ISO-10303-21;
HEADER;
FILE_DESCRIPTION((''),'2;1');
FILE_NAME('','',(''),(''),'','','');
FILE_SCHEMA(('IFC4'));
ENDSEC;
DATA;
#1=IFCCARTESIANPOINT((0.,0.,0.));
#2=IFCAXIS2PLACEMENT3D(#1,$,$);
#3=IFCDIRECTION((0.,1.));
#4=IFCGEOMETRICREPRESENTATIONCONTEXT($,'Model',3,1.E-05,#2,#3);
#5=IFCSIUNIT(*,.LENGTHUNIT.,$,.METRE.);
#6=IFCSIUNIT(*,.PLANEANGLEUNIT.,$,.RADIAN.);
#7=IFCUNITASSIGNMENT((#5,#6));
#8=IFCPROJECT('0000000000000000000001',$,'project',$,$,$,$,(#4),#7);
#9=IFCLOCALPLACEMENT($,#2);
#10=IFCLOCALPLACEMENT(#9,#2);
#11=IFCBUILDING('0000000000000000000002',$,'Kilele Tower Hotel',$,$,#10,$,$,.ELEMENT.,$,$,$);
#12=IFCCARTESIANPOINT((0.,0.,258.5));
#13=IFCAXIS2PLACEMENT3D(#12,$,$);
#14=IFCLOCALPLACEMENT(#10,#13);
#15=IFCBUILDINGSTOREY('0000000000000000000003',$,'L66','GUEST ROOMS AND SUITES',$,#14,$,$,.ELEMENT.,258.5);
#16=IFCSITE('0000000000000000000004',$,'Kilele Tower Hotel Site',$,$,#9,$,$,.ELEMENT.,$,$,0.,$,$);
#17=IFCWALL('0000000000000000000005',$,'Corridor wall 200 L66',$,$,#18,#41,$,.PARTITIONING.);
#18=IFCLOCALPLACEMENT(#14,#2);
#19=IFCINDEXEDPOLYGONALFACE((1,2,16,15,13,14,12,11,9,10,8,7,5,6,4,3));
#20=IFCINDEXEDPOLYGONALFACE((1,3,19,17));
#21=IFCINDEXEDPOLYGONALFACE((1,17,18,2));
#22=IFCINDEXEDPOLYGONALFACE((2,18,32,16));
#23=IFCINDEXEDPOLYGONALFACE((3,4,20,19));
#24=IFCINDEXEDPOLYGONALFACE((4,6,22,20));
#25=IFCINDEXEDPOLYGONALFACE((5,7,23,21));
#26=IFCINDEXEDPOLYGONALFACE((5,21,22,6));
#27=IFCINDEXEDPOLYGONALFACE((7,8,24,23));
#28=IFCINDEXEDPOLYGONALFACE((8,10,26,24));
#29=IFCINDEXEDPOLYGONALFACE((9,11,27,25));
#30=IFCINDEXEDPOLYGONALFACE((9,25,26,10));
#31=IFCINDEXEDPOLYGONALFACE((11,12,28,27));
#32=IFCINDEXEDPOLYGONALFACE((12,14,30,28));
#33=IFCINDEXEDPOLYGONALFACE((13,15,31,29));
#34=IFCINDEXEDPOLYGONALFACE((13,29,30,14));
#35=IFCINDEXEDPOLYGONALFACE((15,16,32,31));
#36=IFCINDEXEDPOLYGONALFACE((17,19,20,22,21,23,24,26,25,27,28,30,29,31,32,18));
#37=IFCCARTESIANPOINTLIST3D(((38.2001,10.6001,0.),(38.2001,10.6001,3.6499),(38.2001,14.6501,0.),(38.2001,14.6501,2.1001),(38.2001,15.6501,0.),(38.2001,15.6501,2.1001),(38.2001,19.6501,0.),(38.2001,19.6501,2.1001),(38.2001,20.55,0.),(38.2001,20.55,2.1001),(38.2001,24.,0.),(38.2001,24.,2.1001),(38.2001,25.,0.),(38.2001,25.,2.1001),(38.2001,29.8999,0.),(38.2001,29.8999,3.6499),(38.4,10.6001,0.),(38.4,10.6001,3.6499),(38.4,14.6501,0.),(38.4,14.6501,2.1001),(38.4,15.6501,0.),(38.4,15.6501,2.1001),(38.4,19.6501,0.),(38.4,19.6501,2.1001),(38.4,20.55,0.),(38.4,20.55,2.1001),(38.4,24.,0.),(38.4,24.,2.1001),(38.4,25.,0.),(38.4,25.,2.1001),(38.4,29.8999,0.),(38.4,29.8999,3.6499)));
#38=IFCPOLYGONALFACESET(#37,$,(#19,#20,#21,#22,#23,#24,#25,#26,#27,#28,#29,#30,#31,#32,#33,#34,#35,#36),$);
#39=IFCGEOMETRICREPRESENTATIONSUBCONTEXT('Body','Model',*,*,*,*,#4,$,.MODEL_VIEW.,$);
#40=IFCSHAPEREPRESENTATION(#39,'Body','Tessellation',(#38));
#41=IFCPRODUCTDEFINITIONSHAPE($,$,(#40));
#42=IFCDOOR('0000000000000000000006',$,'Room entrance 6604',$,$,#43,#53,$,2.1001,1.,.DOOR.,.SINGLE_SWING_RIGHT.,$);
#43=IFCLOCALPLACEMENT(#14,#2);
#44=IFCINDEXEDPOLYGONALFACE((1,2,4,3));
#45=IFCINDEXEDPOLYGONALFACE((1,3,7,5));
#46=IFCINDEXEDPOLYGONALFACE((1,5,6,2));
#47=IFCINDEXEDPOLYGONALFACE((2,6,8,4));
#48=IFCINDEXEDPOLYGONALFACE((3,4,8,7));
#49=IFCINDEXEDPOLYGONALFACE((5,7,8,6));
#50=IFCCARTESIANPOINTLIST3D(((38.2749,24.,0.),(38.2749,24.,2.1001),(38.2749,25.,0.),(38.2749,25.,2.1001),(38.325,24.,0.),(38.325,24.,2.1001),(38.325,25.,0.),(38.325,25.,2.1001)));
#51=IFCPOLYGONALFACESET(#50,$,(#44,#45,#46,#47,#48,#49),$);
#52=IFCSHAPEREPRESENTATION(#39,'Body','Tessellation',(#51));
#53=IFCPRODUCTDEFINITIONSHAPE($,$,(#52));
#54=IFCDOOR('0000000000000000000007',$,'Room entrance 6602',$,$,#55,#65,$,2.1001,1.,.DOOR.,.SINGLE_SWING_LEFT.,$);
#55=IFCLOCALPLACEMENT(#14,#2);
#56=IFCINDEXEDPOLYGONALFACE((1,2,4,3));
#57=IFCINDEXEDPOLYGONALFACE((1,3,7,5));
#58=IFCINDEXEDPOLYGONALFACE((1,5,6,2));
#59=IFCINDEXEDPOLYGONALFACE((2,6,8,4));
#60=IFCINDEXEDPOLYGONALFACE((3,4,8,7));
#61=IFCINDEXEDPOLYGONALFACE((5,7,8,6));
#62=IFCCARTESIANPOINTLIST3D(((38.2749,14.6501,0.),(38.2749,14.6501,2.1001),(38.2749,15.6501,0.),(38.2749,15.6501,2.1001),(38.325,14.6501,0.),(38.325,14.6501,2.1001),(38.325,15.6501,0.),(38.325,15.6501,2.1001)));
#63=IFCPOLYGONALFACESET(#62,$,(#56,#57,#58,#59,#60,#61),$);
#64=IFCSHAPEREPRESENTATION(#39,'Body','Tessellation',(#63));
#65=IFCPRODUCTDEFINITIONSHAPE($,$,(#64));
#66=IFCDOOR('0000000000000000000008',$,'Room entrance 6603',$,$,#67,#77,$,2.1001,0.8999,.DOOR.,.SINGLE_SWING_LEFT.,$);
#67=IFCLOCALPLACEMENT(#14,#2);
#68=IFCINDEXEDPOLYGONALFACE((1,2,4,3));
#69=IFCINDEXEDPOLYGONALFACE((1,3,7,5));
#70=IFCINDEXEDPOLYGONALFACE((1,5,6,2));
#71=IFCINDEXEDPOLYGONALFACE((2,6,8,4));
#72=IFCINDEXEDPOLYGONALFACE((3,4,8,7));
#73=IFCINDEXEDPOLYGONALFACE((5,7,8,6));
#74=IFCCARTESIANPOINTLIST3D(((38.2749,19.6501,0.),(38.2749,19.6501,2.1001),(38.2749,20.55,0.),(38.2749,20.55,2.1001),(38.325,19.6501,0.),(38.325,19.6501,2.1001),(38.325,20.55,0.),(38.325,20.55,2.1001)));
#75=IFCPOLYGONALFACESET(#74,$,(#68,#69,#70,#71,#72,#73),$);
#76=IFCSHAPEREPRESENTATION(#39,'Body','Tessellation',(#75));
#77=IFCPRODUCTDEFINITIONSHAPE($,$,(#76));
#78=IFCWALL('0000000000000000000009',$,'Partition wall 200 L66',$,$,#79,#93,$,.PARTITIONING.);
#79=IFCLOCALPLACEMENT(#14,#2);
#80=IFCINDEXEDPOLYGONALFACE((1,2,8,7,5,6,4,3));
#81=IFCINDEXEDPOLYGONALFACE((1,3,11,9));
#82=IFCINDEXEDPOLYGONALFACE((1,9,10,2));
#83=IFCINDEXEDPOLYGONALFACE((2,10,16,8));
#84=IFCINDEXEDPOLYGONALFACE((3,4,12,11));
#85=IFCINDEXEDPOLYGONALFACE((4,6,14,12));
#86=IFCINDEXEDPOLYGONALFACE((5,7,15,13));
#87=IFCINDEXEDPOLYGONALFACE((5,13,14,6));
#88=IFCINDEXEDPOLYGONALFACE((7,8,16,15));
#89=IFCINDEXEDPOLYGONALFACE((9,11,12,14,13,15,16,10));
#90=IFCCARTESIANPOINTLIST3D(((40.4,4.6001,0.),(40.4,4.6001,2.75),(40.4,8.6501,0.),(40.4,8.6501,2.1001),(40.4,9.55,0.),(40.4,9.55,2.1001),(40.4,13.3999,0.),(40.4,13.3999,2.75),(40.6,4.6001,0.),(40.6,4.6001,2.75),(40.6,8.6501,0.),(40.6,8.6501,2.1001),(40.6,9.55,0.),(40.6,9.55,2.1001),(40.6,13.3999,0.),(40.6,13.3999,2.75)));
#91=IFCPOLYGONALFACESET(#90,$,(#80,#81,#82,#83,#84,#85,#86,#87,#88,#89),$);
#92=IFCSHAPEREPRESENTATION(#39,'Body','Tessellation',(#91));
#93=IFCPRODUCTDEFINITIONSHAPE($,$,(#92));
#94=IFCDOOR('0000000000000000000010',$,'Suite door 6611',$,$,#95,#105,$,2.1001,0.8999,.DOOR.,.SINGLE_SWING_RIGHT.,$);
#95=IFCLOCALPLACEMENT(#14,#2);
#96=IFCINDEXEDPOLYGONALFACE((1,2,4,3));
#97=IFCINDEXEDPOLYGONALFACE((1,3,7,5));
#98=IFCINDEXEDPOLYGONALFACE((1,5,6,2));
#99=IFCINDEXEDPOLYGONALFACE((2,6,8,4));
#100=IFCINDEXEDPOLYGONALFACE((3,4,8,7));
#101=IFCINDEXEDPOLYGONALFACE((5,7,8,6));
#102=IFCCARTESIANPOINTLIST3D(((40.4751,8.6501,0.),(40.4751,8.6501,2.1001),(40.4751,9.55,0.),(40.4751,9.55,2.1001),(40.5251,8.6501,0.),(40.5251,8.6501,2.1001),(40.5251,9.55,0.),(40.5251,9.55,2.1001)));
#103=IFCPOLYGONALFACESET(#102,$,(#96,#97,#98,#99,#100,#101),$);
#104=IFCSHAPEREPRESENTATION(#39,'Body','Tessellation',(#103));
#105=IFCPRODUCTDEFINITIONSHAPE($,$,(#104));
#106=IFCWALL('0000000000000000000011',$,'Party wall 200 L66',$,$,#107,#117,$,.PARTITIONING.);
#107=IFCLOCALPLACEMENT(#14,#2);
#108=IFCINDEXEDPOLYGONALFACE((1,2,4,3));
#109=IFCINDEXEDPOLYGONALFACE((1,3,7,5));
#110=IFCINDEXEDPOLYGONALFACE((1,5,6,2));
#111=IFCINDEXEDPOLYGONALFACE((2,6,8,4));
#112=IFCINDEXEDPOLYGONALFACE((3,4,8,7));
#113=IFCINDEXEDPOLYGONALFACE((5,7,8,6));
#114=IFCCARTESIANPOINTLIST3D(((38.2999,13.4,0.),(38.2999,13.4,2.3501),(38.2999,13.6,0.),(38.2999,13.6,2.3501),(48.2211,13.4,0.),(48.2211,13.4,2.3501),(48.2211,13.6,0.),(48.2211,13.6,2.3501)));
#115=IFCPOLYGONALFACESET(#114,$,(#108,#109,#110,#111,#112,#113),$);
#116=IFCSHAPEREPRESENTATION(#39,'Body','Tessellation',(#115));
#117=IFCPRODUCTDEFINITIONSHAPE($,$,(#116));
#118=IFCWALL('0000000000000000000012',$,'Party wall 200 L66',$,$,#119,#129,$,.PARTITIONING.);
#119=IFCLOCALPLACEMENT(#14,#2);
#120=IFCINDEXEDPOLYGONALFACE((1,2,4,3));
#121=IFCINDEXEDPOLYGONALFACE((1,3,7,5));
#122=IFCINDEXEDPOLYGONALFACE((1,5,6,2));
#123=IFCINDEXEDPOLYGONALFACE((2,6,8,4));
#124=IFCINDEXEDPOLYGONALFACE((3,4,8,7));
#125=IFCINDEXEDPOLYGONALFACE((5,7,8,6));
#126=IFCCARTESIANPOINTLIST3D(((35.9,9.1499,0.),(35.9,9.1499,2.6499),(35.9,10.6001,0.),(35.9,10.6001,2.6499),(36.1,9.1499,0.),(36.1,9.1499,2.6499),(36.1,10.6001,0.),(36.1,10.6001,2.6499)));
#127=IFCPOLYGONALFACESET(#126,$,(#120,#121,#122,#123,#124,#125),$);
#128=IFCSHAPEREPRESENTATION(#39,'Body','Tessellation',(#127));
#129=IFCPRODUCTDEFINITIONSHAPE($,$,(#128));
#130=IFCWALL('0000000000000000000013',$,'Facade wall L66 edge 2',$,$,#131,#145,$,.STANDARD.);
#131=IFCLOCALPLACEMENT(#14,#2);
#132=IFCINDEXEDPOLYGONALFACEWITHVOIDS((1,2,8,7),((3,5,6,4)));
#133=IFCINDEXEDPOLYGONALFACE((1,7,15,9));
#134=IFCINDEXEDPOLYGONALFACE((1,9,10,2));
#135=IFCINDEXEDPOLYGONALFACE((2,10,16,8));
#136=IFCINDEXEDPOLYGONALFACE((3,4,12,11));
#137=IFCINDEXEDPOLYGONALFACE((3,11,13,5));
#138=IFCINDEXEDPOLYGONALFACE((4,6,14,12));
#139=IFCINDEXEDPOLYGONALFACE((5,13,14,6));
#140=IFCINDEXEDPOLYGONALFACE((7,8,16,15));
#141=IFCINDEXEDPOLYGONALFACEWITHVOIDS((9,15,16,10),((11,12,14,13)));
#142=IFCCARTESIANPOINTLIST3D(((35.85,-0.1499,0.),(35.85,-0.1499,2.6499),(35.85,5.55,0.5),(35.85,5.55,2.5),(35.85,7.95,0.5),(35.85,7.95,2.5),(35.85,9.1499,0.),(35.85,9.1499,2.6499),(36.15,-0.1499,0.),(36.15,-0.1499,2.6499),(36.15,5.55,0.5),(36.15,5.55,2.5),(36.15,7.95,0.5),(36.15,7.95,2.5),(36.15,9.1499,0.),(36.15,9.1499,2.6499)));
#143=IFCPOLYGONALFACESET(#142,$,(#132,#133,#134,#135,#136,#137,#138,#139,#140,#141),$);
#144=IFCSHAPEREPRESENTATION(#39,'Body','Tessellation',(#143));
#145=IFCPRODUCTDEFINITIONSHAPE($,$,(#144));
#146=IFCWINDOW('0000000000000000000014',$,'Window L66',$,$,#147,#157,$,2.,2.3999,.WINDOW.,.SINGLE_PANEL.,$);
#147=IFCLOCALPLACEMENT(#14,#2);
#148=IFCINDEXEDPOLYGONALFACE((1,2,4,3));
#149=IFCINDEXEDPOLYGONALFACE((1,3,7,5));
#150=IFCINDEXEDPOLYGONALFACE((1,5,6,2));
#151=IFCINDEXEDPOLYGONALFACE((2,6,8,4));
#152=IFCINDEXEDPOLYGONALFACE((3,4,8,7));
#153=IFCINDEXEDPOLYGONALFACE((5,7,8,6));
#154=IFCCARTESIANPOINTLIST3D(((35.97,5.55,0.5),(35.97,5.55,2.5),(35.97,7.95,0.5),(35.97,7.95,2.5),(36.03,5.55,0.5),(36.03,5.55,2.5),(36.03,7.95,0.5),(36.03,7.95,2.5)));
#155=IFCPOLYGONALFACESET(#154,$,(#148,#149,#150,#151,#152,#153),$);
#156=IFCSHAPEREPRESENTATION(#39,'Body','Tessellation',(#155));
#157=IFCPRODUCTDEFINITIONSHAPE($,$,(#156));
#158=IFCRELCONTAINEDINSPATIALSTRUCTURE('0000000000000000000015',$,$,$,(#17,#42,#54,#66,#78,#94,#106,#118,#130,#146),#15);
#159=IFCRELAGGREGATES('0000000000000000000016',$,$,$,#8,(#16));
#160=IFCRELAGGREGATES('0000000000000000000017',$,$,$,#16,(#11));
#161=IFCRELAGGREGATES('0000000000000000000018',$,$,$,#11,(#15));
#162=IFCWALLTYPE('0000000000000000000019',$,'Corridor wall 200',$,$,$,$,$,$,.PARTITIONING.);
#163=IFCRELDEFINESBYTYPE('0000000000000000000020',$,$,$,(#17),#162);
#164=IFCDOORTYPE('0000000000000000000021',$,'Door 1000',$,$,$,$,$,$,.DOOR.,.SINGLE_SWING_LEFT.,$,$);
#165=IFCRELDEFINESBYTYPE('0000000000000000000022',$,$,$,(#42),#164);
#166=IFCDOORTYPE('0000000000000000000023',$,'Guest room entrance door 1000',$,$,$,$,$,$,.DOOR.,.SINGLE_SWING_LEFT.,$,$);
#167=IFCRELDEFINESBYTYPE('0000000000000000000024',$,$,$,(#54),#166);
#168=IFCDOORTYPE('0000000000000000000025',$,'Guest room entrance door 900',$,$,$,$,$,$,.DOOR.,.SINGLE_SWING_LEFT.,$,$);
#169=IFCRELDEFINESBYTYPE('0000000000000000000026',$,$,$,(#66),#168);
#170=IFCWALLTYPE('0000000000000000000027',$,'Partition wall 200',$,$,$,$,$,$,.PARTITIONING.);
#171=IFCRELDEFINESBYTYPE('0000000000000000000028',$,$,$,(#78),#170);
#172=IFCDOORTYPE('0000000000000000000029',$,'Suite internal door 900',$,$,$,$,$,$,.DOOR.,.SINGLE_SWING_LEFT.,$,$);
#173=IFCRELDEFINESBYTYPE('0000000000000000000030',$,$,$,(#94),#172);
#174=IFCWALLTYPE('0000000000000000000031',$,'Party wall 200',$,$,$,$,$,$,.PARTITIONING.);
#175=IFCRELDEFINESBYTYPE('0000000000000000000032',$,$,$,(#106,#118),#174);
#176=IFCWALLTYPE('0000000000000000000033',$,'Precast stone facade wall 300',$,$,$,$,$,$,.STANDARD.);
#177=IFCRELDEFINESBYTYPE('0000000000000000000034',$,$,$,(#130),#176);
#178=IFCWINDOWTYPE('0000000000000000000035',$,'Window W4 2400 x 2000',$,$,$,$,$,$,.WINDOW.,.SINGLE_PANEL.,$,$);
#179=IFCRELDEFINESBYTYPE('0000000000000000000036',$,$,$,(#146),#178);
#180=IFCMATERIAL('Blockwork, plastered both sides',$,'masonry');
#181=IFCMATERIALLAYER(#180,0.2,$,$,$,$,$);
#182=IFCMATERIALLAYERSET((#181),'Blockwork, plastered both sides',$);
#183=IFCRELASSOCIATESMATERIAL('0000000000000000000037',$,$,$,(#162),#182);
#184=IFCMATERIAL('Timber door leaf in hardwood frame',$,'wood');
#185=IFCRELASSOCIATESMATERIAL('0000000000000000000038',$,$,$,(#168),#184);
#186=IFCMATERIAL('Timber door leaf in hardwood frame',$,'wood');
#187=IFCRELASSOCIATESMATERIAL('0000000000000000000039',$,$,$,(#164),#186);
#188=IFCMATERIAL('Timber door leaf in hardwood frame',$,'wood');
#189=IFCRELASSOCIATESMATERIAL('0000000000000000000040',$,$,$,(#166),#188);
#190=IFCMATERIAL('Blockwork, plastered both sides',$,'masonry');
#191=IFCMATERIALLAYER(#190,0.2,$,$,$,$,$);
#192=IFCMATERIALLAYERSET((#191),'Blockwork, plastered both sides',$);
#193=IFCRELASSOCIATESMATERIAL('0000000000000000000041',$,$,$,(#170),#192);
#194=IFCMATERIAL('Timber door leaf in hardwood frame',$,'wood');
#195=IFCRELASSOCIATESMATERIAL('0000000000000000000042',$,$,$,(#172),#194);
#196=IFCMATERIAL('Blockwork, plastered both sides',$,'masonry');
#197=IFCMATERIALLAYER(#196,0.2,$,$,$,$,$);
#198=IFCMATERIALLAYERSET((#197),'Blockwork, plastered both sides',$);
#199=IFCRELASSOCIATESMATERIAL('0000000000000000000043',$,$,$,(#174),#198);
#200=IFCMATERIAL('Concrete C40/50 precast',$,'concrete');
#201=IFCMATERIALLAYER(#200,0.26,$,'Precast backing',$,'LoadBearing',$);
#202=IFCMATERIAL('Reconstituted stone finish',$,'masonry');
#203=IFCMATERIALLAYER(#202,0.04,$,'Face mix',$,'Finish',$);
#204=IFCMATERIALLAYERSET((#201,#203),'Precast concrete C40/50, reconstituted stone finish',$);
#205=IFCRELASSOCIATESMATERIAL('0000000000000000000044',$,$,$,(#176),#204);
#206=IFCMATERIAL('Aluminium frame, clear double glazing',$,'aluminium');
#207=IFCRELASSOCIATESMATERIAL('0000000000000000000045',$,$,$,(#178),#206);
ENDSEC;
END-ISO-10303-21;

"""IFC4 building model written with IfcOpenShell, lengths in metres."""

from ifc_helpers import new_model, si_unit, direction, frame, frame_2d, origin, place, context, subcontext, project, spatial, rectangle, extrude, material, layer, layer_set, type_object, element, fill, save


model = new_model("IFC4")

# Units and contexts
model_context = context("Model", 3, precision=1e-05, world=origin(), true_north=direction((0.0, 1.0)))
body_context = subcontext(model_context, "Body", "Model", "MODEL_VIEW")
ifc_project = project(units=[si_unit("LENGTHUNIT", "METRE"), si_unit("PLANEANGLEUNIT", "RADIAN")], contexts=[model_context])

# Site, building, storey
site_placement = place(None, origin())
site = spatial("IfcSite", under=ifc_project, at=site_placement, Name="Kilele Tower Hotel Site", CompositionType="ELEMENT", RefElevation=0.0)
building_placement = place(site_placement, origin())
building = spatial("IfcBuilding", under=site, at=building_placement, Name="Kilele Tower Hotel", CompositionType="ELEMENT")
storey_placement = place(building_placement, frame((0.0, 0.0, 258.5)))
storey = spatial("IfcBuildingStorey", under=building, at=storey_placement, Name="L66", Description="GUEST ROOMS AND SUITES", CompositionType="ELEMENT", Elevation=258.5)

# Shared definitions
ifc_material_1 = material(Name="Blockwork, plastered both sides", Category="masonry")
ifc_layer_1 = layer(ifc_material_1, 0.2)
ifc_layer_set_1 = layer_set([ifc_layer_1], Name="Blockwork, plastered both sides")
wall_type_1 = type_object("IfcWallType", Name="Corridor wall 200", PredefinedType="PARTITIONING", material=ifc_layer_set_1)
ifc_material_2 = material(Name="Timber door leaf in hardwood frame", Category="wood")
door_type_1 = type_object("IfcDoorType", Name="Guest room entrance door 900", OperationType="SINGLE_SWING_LEFT", PredefinedType="DOOR", material=ifc_material_2)

# Wall, openings, doors
wall_1_placement = place(storey_placement, frame((38.3, 10.6001, 0.0), z_axis=(0.0, 0.0, 1.0), x_axis=(0.0, 1.0, 0.0)))
wall_1 = element("IfcWall", 1, at=wall_1_placement, inside=storey, type_object=wall_type_1, Name="Corridor wall 200 L66", PredefinedType="PARTITIONING", context=body_context, shape_type="SweptSolid", body=[
    extrude(rectangle(XDim=19.2998, YDim=0.2, at=frame_2d((9.6499, 0.0))), origin(), (0.0, 0.0, 1.0), 3.6499),
])
opening_1_placement = place(wall_1_placement, frame((5.05, 0.0, 0.0), z_axis=(0.0, 0.0, 1.0), x_axis=(-1.0, 0.0, 0.0)))
opening_1 = element("IfcOpeningElement", 2, at=opening_1_placement, cuts=wall_1, PredefinedType="OPENING", context=body_context, shape_type="SweptSolid", body=[
    extrude(rectangle(XDim=1.0, YDim=2.1001, at=frame_2d((0.5, 1.05))), frame((0.0, 0.1099, 0.0), z_axis=(0.0, -1.0, 0.0), x_axis=(1.0, 0.0, 0.0)), (0.0, 0.0, 1.0), 0.22),
])
opening_2_placement = place(wall_1_placement, frame((9.95, 0.0, 0.0), z_axis=(0.0, 0.0, 1.0), x_axis=(-1.0, 0.0, 0.0)))
opening_2 = element("IfcOpeningElement", 3, at=opening_2_placement, cuts=wall_1, PredefinedType="OPENING", context=body_context, shape_type="SweptSolid", body=[
    extrude(rectangle(XDim=0.8999, YDim=2.1001, at=frame_2d((0.45, 1.05))), frame((0.0, 0.1099, 0.0), z_axis=(0.0, -1.0, 0.0), x_axis=(1.0, 0.0, 0.0)), (0.0, 0.0, 1.0), 0.22),
])
opening_3_placement = place(wall_1_placement, frame((14.3999, 0.0, 0.0), z_axis=(0.0, 0.0, 1.0), x_axis=(-1.0, 0.0, 0.0)))
opening_3 = element("IfcOpeningElement", 4, at=opening_3_placement, cuts=wall_1, PredefinedType="OPENING", context=body_context, shape_type="SweptSolid", body=[
    extrude(rectangle(XDim=1.0, YDim=2.1001, at=frame_2d((0.5, 1.05))), frame((0.0, 0.1099, 0.0), z_axis=(0.0, -1.0, 0.0), x_axis=(1.0, 0.0, 0.0)), (0.0, 0.0, 1.0), 0.22),
])
ifc_material_3 = material(Name="Timber door leaf in hardwood frame", Category="wood")
door_type_2 = type_object("IfcDoorType", Name="Door 1000", OperationType="SINGLE_SWING_LEFT", PredefinedType="DOOR", material=ifc_material_3)
door_1_placement = place(opening_3_placement, origin())
door_1 = element("IfcDoor", 5, at=door_1_placement, inside=storey, type_object=door_type_2, Name="Room entrance 6604", OperationType="SINGLE_SWING_RIGHT", OverallHeight=2.1001, OverallWidth=1.0, PredefinedType="DOOR", context=body_context, shape_type="SweptSolid", body=[
    extrude(rectangle(XDim=1.0, YDim=2.1001, at=frame_2d((0.5, 1.05))), frame((0.0, 0.0249, 0.0), z_axis=(0.0, -1.0, 0.0), x_axis=(1.0, 0.0, 0.0)), (0.0, 0.0, 1.0), 0.05),
])
fill(opening_3, door_1)
ifc_material_4 = material(Name="Timber door leaf in hardwood frame", Category="wood")
door_type_3 = type_object("IfcDoorType", Name="Guest room entrance door 1000", OperationType="SINGLE_SWING_LEFT", PredefinedType="DOOR", material=ifc_material_4)
door_2_placement = place(opening_1_placement, origin())
door_2 = element("IfcDoor", 6, at=door_2_placement, inside=storey, type_object=door_type_3, Name="Room entrance 6602", OperationType="SINGLE_SWING_LEFT", OverallHeight=2.1001, OverallWidth=1.0, PredefinedType="DOOR", context=body_context, shape_type="SweptSolid", body=[
    extrude(rectangle(XDim=1.0, YDim=2.1001, at=frame_2d((0.5, 1.05))), frame((0.0, 0.0249, 0.0), z_axis=(0.0, -1.0, 0.0), x_axis=(1.0, 0.0, 0.0)), (0.0, 0.0, 1.0), 0.05),
])
fill(opening_1, door_2)
door_3_placement = place(opening_2_placement, origin())
door_3 = element("IfcDoor", 7, at=door_3_placement, inside=storey, type_object=door_type_1, Name="Room entrance 6603", OperationType="SINGLE_SWING_LEFT", OverallHeight=2.1001, OverallWidth=0.8999, PredefinedType="DOOR", context=body_context, shape_type="SweptSolid", body=[
    extrude(rectangle(XDim=0.8999, YDim=2.1001, at=frame_2d((0.45, 1.05))), frame((0.0, 0.0249, 0.0), z_axis=(0.0, -1.0, 0.0), x_axis=(1.0, 0.0, 0.0)), (0.0, 0.0, 1.0), 0.05),
])
fill(opening_2, door_3)

# Wall, opening, door
ifc_material_5 = material(Name="Blockwork, plastered both sides", Category="masonry")
ifc_layer_2 = layer(ifc_material_5, 0.2)
ifc_layer_set_2 = layer_set([ifc_layer_2], Name="Blockwork, plastered both sides")
wall_type_2 = type_object("IfcWallType", Name="Partition wall 200", PredefinedType="PARTITIONING", material=ifc_layer_set_2)
wall_2_placement = place(storey_placement, frame((40.5, 4.6001, 0.0), z_axis=(0.0, 0.0, 1.0), x_axis=(0.0, 1.0, 0.0)))
wall_2 = element("IfcWall", 8, at=wall_2_placement, inside=storey, type_object=wall_type_2, Name="Partition wall 200 L66", PredefinedType="PARTITIONING", context=body_context, shape_type="SweptSolid", body=[
    extrude(rectangle(XDim=8.7998, YDim=0.2, at=frame_2d((4.3999, 0.0))), origin(), (0.0, 0.0, 1.0), 2.75),
])
opening_4_placement = place(wall_2_placement, frame((4.05, 0.0, 0.0)))
opening_4 = element("IfcOpeningElement", 9, at=opening_4_placement, cuts=wall_2, PredefinedType="OPENING", context=body_context, shape_type="SweptSolid", body=[
    extrude(rectangle(XDim=0.8999, YDim=2.1001, at=frame_2d((0.45, 1.05))), frame((0.0, 0.1099, 0.0), z_axis=(0.0, -1.0, 0.0), x_axis=(1.0, 0.0, 0.0)), (0.0, 0.0, 1.0), 0.22),
])
ifc_material_6 = material(Name="Timber door leaf in hardwood frame", Category="wood")
door_type_4 = type_object("IfcDoorType", Name="Suite internal door 900", OperationType="SINGLE_SWING_LEFT", PredefinedType="DOOR", material=ifc_material_6)
door_4_placement = place(opening_4_placement, origin())
door_4 = element("IfcDoor", 10, at=door_4_placement, inside=storey, type_object=door_type_4, Name="Suite door 6611", OperationType="SINGLE_SWING_RIGHT", OverallHeight=2.1001, OverallWidth=0.8999, PredefinedType="DOOR", context=body_context, shape_type="SweptSolid", body=[
    extrude(rectangle(XDim=0.8999, YDim=2.1001, at=frame_2d((0.45, 1.05))), frame((0.0, 0.0249, 0.0), z_axis=(0.0, -1.0, 0.0), x_axis=(1.0, 0.0, 0.0)), (0.0, 0.0, 1.0), 0.05),
])
fill(opening_4, door_4)

# Walls
ifc_material_7 = material(Name="Blockwork, plastered both sides", Category="masonry")
ifc_layer_3 = layer(ifc_material_7, 0.2)
ifc_layer_set_3 = layer_set([ifc_layer_3], Name="Blockwork, plastered both sides")
wall_type_3 = type_object("IfcWallType", Name="Party wall 200", PredefinedType="PARTITIONING", material=ifc_layer_set_3)
wall_3_placement = place(storey_placement, frame((38.3, 13.5, 0.0), z_axis=(0.0, 0.0, 1.0), x_axis=(1.0, 0.0, 0.0)))
element("IfcWall", 11, at=wall_3_placement, inside=storey, type_object=wall_type_3, Name="Party wall 200 L66", PredefinedType="PARTITIONING", context=body_context, shape_type="SweptSolid", body=[
    extrude(rectangle(XDim=9.9211, YDim=0.2, at=frame_2d((4.9604, 0.0))), origin(), (0.0, 0.0, 1.0), 2.3501),
])
wall_4_placement = place(storey_placement, frame((36.0, 10.6001, 0.0), z_axis=(0.0, 0.0, 1.0), x_axis=(0.0, -1.0, 0.0)))
element("IfcWall", 12, at=wall_4_placement, inside=storey, type_object=wall_type_3, Name="Party wall 200 L66", PredefinedType="PARTITIONING", context=body_context, shape_type="SweptSolid", body=[
    extrude(rectangle(XDim=1.4502, YDim=0.2, at=frame_2d((0.7251, 0.0))), origin(), (0.0, 0.0, 1.0), 2.6499),
])

# Wall, opening, window
ifc_material_8 = material(Name="Concrete C40/50 precast", Category="concrete")
ifc_layer_4 = layer(ifc_material_8, 0.26, Name="Precast backing", Category="LoadBearing")
ifc_material_9 = material(Name="Reconstituted stone finish", Category="masonry")
ifc_layer_5 = layer(ifc_material_9, 0.04, Name="Face mix", Category="Finish")
ifc_layer_set_4 = layer_set([ifc_layer_4, ifc_layer_5], Name="Precast concrete C40/50, reconstituted stone finish")
wall_type_4 = type_object("IfcWallType", Name="Precast stone facade wall 300", PredefinedType="STANDARD", material=ifc_layer_set_4)
wall_5_placement = place(storey_placement, frame((36.0, 9.1499, 0.0), z_axis=(0.0, 0.0, 1.0), x_axis=(0.0, -1.0, 0.0)))
wall_5 = element("IfcWall", 13, at=wall_5_placement, inside=storey, type_object=wall_type_4, Name="Facade wall L66 edge 2", PredefinedType="STANDARD", context=body_context, shape_type="SweptSolid", body=[
    extrude(rectangle(XDim=9.2998, YDim=0.3, at=frame_2d((4.6499, 0.0))), origin(), (0.0, 0.0, 1.0), 2.6499),
])
opening_5_placement = place(wall_5_placement, frame((1.2, 0.0, 0.5)))
opening_5 = element("IfcOpeningElement", 14, at=opening_5_placement, cuts=wall_5, PredefinedType="OPENING", context=body_context, shape_type="SweptSolid", body=[
    extrude(rectangle(XDim=2.3999, YDim=2.0, at=frame_2d((1.2, 1.0))), frame((0.0, 0.1599, 0.0), z_axis=(0.0, -1.0, 0.0), x_axis=(1.0, 0.0, 0.0)), (0.0, 0.0, 1.0), 0.3201),
])
ifc_material_10 = material(Name="Aluminium frame, clear double glazing", Category="aluminium")
window_type = type_object("IfcWindowType", Name="Window W4 2400 x 2000", PartitioningType="SINGLE_PANEL", PredefinedType="WINDOW", material=ifc_material_10)
window_placement = place(opening_5_placement, origin())
window = element("IfcWindow", 15, at=window_placement, inside=storey, type_object=window_type, Name="Window L66", OverallHeight=2.0, OverallWidth=2.3999, PartitioningType="SINGLE_PANEL", PredefinedType="WINDOW", context=body_context, shape_type="SweptSolid", body=[
    extrude(rectangle(XDim=2.3999, YDim=2.0, at=frame_2d((1.2, 1.0))), frame((0.0, 0.03, 0.0), z_axis=(0.0, -1.0, 0.0), x_axis=(1.0, 0.0, 0.0)), (0.0, 0.0, 1.0), 0.0601),
])
fill(opening_5, window)

save(model, "model.ifc")
